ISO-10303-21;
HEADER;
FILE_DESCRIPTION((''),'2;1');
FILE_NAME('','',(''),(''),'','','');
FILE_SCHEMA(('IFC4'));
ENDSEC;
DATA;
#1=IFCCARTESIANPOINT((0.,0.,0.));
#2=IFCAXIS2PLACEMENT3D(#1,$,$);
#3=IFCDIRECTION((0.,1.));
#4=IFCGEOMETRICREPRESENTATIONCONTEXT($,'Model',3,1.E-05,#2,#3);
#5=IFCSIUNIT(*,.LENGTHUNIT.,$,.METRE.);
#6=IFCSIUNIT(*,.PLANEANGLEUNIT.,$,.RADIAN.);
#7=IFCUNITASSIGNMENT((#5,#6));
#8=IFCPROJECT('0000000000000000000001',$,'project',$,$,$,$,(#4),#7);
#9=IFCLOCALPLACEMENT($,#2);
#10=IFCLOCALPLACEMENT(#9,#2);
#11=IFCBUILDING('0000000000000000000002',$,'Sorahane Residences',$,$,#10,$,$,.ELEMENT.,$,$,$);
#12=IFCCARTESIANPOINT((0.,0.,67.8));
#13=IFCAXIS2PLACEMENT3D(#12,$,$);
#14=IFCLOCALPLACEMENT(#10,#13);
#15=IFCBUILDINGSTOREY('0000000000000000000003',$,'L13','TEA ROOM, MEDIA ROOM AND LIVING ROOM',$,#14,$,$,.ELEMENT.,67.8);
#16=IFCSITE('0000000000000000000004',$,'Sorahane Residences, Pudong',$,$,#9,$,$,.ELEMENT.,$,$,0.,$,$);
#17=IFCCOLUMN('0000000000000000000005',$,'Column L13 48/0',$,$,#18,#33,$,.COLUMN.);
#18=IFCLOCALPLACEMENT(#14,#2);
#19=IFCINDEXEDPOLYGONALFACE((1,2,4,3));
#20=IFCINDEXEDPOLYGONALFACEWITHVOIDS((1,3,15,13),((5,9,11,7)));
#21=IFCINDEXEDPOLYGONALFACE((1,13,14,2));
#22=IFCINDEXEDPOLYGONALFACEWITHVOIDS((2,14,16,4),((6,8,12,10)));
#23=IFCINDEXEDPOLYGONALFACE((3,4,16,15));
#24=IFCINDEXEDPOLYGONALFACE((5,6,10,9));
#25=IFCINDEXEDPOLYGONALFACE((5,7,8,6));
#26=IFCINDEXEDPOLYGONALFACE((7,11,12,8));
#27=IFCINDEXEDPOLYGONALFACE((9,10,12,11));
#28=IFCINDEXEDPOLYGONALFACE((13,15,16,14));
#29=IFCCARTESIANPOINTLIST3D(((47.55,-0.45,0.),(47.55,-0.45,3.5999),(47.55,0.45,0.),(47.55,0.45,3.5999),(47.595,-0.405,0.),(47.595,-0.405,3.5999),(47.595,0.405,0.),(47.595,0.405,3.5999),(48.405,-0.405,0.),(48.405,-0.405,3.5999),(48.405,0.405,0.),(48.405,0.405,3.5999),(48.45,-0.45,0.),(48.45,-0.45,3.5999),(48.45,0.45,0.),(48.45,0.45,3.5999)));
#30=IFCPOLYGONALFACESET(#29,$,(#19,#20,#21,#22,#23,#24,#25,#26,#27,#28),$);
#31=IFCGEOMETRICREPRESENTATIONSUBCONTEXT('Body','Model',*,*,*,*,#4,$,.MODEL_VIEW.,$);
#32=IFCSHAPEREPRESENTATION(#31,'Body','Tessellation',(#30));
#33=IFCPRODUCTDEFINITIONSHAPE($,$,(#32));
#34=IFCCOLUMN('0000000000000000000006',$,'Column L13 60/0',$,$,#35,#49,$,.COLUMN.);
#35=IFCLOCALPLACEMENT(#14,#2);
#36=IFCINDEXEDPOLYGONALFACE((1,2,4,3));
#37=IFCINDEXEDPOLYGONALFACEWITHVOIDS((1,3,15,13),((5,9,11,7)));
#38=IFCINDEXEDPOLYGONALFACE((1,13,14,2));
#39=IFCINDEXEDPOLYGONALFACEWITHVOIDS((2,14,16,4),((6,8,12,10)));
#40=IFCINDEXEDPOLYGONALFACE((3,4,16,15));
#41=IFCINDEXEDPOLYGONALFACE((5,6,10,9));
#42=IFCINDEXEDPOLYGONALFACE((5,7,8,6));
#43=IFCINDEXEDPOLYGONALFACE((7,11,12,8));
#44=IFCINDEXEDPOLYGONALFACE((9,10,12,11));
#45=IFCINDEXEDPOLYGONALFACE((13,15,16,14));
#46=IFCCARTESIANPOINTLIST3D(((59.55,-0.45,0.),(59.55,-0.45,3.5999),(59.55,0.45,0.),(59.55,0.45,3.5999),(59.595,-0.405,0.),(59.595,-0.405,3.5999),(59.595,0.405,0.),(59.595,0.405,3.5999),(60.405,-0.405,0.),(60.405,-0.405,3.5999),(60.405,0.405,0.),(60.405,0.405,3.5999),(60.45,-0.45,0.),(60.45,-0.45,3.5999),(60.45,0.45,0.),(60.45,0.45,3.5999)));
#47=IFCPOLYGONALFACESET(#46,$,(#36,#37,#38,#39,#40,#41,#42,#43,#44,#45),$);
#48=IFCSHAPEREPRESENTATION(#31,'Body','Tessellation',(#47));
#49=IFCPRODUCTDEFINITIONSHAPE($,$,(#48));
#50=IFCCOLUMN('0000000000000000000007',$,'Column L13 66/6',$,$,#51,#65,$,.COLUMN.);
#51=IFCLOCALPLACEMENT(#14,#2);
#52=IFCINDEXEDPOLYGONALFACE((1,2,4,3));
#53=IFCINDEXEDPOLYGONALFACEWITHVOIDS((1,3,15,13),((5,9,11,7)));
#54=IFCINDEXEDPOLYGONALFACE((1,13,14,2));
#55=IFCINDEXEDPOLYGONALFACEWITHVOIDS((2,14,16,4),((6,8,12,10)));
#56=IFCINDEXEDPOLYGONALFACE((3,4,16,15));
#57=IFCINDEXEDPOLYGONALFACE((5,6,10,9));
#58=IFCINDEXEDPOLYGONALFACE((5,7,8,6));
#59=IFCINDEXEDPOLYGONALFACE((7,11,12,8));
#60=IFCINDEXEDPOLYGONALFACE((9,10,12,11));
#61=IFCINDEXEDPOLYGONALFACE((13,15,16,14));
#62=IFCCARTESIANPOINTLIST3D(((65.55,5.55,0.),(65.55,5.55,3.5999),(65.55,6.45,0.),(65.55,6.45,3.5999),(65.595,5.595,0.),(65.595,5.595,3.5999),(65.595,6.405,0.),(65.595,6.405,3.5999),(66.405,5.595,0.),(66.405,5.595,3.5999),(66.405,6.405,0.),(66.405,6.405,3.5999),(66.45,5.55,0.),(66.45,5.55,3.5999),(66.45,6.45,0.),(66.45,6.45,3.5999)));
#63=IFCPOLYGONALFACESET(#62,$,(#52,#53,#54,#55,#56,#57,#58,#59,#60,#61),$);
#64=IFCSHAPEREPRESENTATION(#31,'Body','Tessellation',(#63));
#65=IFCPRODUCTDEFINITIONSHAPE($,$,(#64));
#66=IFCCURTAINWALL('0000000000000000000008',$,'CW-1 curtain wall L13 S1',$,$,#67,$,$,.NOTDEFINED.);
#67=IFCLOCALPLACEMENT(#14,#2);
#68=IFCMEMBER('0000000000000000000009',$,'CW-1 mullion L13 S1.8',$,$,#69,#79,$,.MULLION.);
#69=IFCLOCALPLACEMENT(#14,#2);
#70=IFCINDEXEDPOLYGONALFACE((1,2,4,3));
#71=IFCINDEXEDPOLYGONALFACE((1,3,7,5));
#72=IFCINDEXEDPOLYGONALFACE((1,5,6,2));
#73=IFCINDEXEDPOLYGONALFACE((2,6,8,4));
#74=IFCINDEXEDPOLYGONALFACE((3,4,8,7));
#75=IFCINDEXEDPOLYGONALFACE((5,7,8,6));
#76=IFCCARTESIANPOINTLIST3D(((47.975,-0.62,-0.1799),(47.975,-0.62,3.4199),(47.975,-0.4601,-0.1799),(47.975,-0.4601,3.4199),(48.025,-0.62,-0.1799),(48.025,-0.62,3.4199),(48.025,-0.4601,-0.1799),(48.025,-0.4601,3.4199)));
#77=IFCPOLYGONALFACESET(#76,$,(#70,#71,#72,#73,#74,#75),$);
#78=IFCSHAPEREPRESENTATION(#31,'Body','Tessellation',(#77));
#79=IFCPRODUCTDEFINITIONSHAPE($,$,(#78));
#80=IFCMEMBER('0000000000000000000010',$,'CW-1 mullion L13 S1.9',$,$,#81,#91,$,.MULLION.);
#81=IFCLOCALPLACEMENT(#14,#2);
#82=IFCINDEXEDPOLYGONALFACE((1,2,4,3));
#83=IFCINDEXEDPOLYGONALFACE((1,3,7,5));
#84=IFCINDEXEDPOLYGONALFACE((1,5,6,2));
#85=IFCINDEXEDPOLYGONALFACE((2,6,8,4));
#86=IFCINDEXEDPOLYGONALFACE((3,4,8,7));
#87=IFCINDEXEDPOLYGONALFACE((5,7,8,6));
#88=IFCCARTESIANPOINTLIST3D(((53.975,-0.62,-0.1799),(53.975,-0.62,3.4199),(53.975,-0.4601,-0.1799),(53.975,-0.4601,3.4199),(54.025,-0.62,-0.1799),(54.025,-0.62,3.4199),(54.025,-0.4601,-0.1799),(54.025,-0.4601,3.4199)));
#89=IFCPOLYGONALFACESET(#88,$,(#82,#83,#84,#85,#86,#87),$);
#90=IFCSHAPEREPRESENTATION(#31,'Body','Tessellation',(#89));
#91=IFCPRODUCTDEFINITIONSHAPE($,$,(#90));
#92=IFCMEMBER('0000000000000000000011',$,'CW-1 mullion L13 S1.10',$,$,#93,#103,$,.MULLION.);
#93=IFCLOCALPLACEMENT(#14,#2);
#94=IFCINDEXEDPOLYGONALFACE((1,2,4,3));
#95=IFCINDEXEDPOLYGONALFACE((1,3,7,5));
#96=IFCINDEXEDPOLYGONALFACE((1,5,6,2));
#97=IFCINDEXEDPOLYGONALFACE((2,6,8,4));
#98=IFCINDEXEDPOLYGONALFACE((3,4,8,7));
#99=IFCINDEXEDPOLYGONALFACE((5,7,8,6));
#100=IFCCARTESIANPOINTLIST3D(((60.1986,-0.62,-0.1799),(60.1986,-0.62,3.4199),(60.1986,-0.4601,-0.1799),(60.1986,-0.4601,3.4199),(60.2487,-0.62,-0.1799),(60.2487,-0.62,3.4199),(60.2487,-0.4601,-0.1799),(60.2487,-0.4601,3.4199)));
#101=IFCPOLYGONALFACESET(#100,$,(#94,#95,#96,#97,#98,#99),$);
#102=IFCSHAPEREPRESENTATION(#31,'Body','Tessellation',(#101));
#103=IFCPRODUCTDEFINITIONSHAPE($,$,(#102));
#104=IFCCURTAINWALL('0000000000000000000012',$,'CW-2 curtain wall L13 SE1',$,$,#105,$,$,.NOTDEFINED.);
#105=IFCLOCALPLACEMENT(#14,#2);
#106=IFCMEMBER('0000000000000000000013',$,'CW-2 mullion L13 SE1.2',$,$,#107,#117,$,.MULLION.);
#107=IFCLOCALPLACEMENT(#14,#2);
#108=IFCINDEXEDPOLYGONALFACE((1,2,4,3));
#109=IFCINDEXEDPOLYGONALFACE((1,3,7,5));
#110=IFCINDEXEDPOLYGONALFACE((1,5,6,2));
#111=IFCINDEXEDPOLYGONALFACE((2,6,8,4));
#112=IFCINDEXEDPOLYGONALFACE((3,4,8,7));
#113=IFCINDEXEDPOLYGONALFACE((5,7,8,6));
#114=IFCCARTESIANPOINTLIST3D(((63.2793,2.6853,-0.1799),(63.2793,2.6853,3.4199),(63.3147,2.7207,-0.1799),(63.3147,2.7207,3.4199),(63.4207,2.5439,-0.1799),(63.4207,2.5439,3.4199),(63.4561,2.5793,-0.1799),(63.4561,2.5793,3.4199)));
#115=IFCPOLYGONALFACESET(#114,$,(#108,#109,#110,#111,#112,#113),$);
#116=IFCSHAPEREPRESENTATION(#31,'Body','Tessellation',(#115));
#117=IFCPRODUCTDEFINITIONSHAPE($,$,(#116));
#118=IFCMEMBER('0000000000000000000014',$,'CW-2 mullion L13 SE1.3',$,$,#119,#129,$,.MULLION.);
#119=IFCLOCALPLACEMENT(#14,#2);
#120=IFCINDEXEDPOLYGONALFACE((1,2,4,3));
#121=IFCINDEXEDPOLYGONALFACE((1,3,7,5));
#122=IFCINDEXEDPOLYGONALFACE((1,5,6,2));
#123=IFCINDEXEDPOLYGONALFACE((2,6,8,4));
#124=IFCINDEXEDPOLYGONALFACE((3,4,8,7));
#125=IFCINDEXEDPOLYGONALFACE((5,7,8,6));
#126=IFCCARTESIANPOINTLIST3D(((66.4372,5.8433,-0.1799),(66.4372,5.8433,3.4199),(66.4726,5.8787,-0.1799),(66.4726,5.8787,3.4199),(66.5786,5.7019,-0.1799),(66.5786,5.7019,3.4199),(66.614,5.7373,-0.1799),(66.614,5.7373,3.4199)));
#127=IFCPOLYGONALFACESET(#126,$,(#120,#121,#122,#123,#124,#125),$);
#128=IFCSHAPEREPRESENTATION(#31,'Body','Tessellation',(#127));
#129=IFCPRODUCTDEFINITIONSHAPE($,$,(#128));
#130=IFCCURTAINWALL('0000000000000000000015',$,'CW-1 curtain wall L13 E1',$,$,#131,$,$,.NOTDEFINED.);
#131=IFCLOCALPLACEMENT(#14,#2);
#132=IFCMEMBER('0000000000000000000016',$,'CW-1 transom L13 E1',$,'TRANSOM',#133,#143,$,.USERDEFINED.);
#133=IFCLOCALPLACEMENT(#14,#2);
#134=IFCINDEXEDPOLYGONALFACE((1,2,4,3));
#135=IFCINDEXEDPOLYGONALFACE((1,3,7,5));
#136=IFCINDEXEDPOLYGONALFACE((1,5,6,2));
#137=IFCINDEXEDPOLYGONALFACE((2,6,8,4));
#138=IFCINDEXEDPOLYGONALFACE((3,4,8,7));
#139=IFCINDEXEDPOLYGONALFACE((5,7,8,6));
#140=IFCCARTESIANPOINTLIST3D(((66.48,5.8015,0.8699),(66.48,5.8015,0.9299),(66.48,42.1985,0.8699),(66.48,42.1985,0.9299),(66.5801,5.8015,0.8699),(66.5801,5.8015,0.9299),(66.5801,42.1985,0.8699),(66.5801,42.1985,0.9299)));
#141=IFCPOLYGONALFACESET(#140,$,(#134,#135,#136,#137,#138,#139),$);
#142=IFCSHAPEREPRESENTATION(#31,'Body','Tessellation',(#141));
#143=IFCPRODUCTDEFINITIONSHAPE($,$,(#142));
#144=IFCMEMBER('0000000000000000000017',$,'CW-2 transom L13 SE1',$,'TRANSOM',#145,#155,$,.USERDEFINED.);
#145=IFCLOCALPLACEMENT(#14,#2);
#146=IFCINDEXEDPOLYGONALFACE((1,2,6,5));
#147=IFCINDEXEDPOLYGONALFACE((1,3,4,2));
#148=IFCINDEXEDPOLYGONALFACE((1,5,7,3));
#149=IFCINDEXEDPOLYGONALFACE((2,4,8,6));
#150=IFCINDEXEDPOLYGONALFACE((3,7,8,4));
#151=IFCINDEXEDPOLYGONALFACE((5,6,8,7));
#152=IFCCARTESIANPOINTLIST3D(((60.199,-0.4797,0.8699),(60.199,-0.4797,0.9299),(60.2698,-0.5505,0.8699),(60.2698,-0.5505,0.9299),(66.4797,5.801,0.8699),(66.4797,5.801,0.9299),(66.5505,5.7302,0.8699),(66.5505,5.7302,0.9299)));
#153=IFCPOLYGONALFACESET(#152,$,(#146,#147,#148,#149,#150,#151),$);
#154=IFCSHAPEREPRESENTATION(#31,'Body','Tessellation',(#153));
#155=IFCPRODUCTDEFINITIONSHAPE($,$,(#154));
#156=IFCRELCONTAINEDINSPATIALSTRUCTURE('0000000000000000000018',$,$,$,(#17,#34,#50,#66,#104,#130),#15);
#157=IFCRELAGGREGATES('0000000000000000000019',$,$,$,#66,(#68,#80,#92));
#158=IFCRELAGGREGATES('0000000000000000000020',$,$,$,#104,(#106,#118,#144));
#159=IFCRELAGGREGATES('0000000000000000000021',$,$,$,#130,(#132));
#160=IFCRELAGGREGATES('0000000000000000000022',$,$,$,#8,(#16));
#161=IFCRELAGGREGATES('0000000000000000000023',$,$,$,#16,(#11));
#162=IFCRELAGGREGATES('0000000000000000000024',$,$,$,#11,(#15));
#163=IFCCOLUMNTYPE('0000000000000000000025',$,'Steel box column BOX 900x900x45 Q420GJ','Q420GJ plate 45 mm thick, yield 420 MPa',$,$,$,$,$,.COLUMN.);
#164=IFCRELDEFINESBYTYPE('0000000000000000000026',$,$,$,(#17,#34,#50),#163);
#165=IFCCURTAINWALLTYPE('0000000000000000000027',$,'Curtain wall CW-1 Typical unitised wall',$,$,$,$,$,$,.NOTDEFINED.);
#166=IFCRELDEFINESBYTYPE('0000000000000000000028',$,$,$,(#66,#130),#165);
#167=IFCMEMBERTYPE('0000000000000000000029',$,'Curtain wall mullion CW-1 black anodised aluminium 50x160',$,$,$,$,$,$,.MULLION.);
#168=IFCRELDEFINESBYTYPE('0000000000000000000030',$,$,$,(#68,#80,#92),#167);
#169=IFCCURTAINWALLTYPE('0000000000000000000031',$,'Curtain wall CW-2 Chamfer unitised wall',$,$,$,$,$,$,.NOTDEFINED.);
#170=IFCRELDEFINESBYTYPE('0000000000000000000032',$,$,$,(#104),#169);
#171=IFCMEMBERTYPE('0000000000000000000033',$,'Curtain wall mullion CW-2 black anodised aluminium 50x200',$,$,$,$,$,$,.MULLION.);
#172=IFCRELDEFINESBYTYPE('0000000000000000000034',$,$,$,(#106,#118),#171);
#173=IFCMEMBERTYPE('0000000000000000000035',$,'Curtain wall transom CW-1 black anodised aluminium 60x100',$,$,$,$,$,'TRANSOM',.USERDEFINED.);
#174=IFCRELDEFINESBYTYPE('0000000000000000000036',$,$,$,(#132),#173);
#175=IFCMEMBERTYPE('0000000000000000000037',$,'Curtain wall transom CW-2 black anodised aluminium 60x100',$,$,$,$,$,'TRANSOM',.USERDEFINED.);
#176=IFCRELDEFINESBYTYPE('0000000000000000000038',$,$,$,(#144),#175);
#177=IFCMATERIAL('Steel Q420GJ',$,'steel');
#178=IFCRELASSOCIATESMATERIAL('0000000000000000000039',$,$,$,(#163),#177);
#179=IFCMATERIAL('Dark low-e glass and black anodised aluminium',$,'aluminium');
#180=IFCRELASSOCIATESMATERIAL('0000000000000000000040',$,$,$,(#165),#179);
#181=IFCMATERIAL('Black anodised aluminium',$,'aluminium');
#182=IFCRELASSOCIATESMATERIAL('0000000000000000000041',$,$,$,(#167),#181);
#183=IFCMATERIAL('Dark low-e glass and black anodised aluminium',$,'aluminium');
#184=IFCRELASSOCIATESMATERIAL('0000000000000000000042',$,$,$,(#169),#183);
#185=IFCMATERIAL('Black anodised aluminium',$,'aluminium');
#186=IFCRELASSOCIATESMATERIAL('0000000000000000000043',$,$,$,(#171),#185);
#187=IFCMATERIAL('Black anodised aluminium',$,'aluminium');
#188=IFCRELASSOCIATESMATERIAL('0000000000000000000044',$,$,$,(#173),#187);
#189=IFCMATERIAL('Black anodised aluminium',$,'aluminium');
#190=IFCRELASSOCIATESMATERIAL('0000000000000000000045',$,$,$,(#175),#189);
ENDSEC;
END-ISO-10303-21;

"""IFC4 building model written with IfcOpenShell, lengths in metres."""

from ifc_helpers import new_model, si_unit, direction, frame, origin, origin_2d, place, context, subcontext, project, spatial, rectangle, hollow_rectangle, extrude, material, material_profile, profile_set, type_object, element, aggregate, save


model = new_model("IFC4")

# Units and contexts
model_context = context("Model", 3, precision=1e-05, world=origin(), true_north=direction((0.0, 1.0)))
body_context = subcontext(model_context, "Body", "Model", "MODEL_VIEW")
ifc_project = project(units=[si_unit("LENGTHUNIT", "METRE"), si_unit("PLANEANGLEUNIT", "RADIAN")], contexts=[model_context])

# Site, building, storey
site_placement = place(None, origin())
site = spatial("IfcSite", under=ifc_project, at=site_placement, Name="Sorahane Residences, Pudong", CompositionType="ELEMENT", RefElevation=0.0)
building_placement = place(site_placement, origin())
building = spatial("IfcBuilding", under=site, at=building_placement, Name="Sorahane Residences", CompositionType="ELEMENT")
storey_placement = place(building_placement, frame((0.0, 0.0, 67.8)))
storey = spatial("IfcBuildingStorey", under=building, at=storey_placement, Name="L13", Description="TEA ROOM, MEDIA ROOM AND LIVING ROOM", CompositionType="ELEMENT", Elevation=67.8)

# Columns
ifc_material_1 = material(Name="Steel Q420GJ", Category="steel")
ifc_material_profile_1 = material_profile(ifc_material_1, hollow_rectangle(XDim=0.8999, YDim=0.8999, WallThickness=0.0449, at=origin_2d()), Name="BOX 900x900x45")
ifc_profile_set_1 = profile_set([ifc_material_profile_1], Name="Steel Q420GJ")
column_type = type_object("IfcColumnType", Name="Steel box column BOX 900x900x45 Q420GJ", Description="Q420GJ plate 45 mm thick, yield 420 MPa", PredefinedType="COLUMN", material=ifc_profile_set_1)
for number, where, z_axis, x_axis, name in (
    (1, (48.0, 0.0, 0.0), (0.0, 0.0, 1.0), (1.0, 0.0, 0.0), "Column L13 48/0"),
    (2, (60.0, 0.0, 0.0), (0.0, 0.0, 1.0), (1.0, 0.0, 0.0), "Column L13 60/0"),
    (3, (66.0, 6.0, 0.0), (0.0, 0.0, 1.0), (1.0, 0.0, 0.0), "Column L13 66/6"),
):
    element("IfcColumn", number, at=place(storey_placement, frame(where, z_axis=z_axis, x_axis=x_axis)), inside=storey, type_object=column_type, Name=name, PredefinedType="COLUMN", context=body_context, shape_type="SweptSolid", body=[
        extrude(hollow_rectangle(XDim=0.8999, YDim=0.8999, WallThickness=0.0449, at=origin_2d()), origin(), (0.0, 0.0, 1.0), 3.5999),
    ])

# Curtain walls, members
ifc_material_2 = material(Name="Dark low-e glass and black anodised aluminium", Category="aluminium")
curtain_wall_type_1 = type_object("IfcCurtainWallType", Name="Curtain wall CW-1 Typical unitised wall", PredefinedType="NOTDEFINED", material=ifc_material_2)
curtain_wall_1_placement = place(storey_placement, origin())
curtain_wall_1 = element("IfcCurtainWall", 4, at=curtain_wall_1_placement, inside=storey, type_object=curtain_wall_type_1, Name="CW-1 curtain wall L13 S1", PredefinedType="NOTDEFINED")
ifc_material_3 = material(Name="Black anodised aluminium", Category="aluminium")
ifc_material_profile_2 = material_profile(ifc_material_3, rectangle(XDim=0.1599, YDim=0.05, at=origin_2d()), Name="Curtain wall mullion CW-1 black anodised aluminium 50x160")
ifc_profile_set_2 = profile_set([ifc_material_profile_2], Name="Black anodised aluminium")
member_type_1 = type_object("IfcMemberType", Name="Curtain wall mullion CW-1 black anodised aluminium 50x160", PredefinedType="MULLION", material=ifc_profile_set_2)
member_1_placement = place(storey_placement, frame((48.0, -0.54, -0.1799), z_axis=(0.0, 0.0, 1.0), x_axis=(0.0, -1.0, 0.0)))
member_1 = element("IfcMember", 5, at=member_1_placement, type_object=member_type_1, Name="CW-1 mullion L13 S1.8", PredefinedType="MULLION", context=body_context, shape_type="SweptSolid", body=[
    extrude(rectangle(XDim=0.1599, YDim=0.05, at=origin_2d()), origin(), (0.0, 0.0, 1.0), 3.5999),
])
member_2_placement = place(storey_placement, frame((54.0, -0.54, -0.1799), z_axis=(0.0, 0.0, 1.0), x_axis=(0.0, -1.0, 0.0)))
member_2 = element("IfcMember", 6, at=member_2_placement, type_object=member_type_1, Name="CW-1 mullion L13 S1.9", PredefinedType="MULLION", context=body_context, shape_type="SweptSolid", body=[
    extrude(rectangle(XDim=0.1599, YDim=0.05, at=origin_2d()), origin(), (0.0, 0.0, 1.0), 3.5999),
])
member_3_placement = place(storey_placement, frame((60.2236, -0.54, -0.1799), z_axis=(0.0, 0.0, 1.0), x_axis=(0.0, -1.0, 0.0)))
member_3 = element("IfcMember", 7, at=member_3_placement, type_object=member_type_1, Name="CW-1 mullion L13 S1.10", PredefinedType="MULLION", context=body_context, shape_type="SweptSolid", body=[
    extrude(rectangle(XDim=0.1599, YDim=0.05, at=origin_2d()), origin(), (0.0, 0.0, 1.0), 3.5999),
])
ifc_material_4 = material(Name="Dark low-e glass and black anodised aluminium", Category="aluminium")
curtain_wall_type_2 = type_object("IfcCurtainWallType", Name="Curtain wall CW-2 Chamfer unitised wall", PredefinedType="NOTDEFINED", material=ifc_material_4)
curtain_wall_2_placement = place(storey_placement, origin())
curtain_wall_2 = element("IfcCurtainWall", 8, at=curtain_wall_2_placement, inside=storey, type_object=curtain_wall_type_2, Name="CW-2 curtain wall L13 SE1", PredefinedType="NOTDEFINED")
ifc_material_5 = material(Name="Black anodised aluminium", Category="aluminium")
ifc_material_profile_3 = material_profile(ifc_material_5, rectangle(XDim=0.2, YDim=0.05, at=origin_2d()), Name="Curtain wall mullion CW-2 black anodised aluminium 50x200")
ifc_profile_set_3 = profile_set([ifc_material_profile_3], Name="Black anodised aluminium")
member_type_2 = type_object("IfcMemberType", Name="Curtain wall mullion CW-2 black anodised aluminium 50x200", PredefinedType="MULLION", material=ifc_profile_set_3)
member_4_placement = place(storey_placement, frame((63.3677, 2.6323, -0.1799), z_axis=(0.0, 0.0, 1.0), x_axis=(0.707107, -0.707107, 0.0)))
member_4 = element("IfcMember", 9, at=member_4_placement, type_object=member_type_2, Name="CW-2 mullion L13 SE1.2", PredefinedType="MULLION", context=body_context, shape_type="SweptSolid", body=[
    extrude(rectangle(XDim=0.2, YDim=0.05, at=origin_2d()), origin(), (0.0, 0.0, 1.0), 3.5999),
])
member_5_placement = place(storey_placement, frame((66.5256, 5.7903, -0.1799), z_axis=(0.0, 0.0, 1.0), x_axis=(0.707107, -0.707107, 0.0)))
member_5 = element("IfcMember", 10, at=member_5_placement, type_object=member_type_2, Name="CW-2 mullion L13 SE1.3", PredefinedType="MULLION", context=body_context, shape_type="SweptSolid", body=[
    extrude(rectangle(XDim=0.2, YDim=0.05, at=origin_2d()), origin(), (0.0, 0.0, 1.0), 3.5999),
])

# Curtain wall, member
curtain_wall_3_placement = place(storey_placement, origin())
curtain_wall_3 = element("IfcCurtainWall", 11, at=curtain_wall_3_placement, inside=storey, type_object=curtain_wall_type_1, Name="CW-1 curtain wall L13 E1", PredefinedType="NOTDEFINED")
ifc_material_6 = material(Name="Black anodised aluminium", Category="aluminium")
ifc_material_profile_4 = material_profile(ifc_material_6, rectangle(XDim=0.1001, YDim=0.0601, at=origin_2d()), Name="Curtain wall transom CW-1 black anodised aluminium 60x100")
ifc_profile_set_4 = profile_set([ifc_material_profile_4], Name="Black anodised aluminium")
member_type_3 = type_object("IfcMemberType", Name="Curtain wall transom CW-1 black anodised aluminium 60x100", ElementType="TRANSOM", PredefinedType="USERDEFINED", material=ifc_profile_set_4)
member_6_placement = place(storey_placement, frame((66.53, 5.8015, 0.8999), z_axis=(0.0, 1.0, 0.0), x_axis=(-1.0, 0.0, 0.0)))
member_6 = element("IfcMember", 12, at=member_6_placement, type_object=member_type_3, Name="CW-1 transom L13 E1", ObjectType="TRANSOM", PredefinedType="USERDEFINED", context=body_context, shape_type="SweptSolid", body=[
    extrude(rectangle(XDim=0.1001, YDim=0.0601, at=origin_2d()), origin(), (0.0, 0.0, 1.0), 36.397),
])

# Member
ifc_material_7 = material(Name="Black anodised aluminium", Category="aluminium")
ifc_material_profile_5 = material_profile(ifc_material_7, rectangle(XDim=0.1001, YDim=0.0601, at=origin_2d()), Name="Curtain wall transom CW-2 black anodised aluminium 60x100")
ifc_profile_set_5 = profile_set([ifc_material_profile_5], Name="Black anodised aluminium")
member_type_4 = type_object("IfcMemberType", Name="Curtain wall transom CW-2 black anodised aluminium 60x100", ElementType="TRANSOM", PredefinedType="USERDEFINED", material=ifc_profile_set_5)
member_7_placement = place(storey_placement, frame((60.2344, -0.5151, 0.8999), z_axis=(0.707107, 0.707107, 0.0), x_axis=(-0.707107, 0.707107, 0.0)))
member_7 = element("IfcMember", 13, at=member_7_placement, type_object=member_type_4, Name="CW-2 transom L13 SE1", ObjectType="TRANSOM", PredefinedType="USERDEFINED", context=body_context, shape_type="SweptSolid", body=[
    extrude(rectangle(XDim=0.1001, YDim=0.0601, at=origin_2d()), origin(), (0.0, 0.0, 1.0), 8.8823),
])

aggregate(curtain_wall_1, [member_1, member_2, member_3])
aggregate(curtain_wall_2, [member_4, member_5, member_7])
aggregate(curtain_wall_3, [member_6])

save(model, "model.ifc")
